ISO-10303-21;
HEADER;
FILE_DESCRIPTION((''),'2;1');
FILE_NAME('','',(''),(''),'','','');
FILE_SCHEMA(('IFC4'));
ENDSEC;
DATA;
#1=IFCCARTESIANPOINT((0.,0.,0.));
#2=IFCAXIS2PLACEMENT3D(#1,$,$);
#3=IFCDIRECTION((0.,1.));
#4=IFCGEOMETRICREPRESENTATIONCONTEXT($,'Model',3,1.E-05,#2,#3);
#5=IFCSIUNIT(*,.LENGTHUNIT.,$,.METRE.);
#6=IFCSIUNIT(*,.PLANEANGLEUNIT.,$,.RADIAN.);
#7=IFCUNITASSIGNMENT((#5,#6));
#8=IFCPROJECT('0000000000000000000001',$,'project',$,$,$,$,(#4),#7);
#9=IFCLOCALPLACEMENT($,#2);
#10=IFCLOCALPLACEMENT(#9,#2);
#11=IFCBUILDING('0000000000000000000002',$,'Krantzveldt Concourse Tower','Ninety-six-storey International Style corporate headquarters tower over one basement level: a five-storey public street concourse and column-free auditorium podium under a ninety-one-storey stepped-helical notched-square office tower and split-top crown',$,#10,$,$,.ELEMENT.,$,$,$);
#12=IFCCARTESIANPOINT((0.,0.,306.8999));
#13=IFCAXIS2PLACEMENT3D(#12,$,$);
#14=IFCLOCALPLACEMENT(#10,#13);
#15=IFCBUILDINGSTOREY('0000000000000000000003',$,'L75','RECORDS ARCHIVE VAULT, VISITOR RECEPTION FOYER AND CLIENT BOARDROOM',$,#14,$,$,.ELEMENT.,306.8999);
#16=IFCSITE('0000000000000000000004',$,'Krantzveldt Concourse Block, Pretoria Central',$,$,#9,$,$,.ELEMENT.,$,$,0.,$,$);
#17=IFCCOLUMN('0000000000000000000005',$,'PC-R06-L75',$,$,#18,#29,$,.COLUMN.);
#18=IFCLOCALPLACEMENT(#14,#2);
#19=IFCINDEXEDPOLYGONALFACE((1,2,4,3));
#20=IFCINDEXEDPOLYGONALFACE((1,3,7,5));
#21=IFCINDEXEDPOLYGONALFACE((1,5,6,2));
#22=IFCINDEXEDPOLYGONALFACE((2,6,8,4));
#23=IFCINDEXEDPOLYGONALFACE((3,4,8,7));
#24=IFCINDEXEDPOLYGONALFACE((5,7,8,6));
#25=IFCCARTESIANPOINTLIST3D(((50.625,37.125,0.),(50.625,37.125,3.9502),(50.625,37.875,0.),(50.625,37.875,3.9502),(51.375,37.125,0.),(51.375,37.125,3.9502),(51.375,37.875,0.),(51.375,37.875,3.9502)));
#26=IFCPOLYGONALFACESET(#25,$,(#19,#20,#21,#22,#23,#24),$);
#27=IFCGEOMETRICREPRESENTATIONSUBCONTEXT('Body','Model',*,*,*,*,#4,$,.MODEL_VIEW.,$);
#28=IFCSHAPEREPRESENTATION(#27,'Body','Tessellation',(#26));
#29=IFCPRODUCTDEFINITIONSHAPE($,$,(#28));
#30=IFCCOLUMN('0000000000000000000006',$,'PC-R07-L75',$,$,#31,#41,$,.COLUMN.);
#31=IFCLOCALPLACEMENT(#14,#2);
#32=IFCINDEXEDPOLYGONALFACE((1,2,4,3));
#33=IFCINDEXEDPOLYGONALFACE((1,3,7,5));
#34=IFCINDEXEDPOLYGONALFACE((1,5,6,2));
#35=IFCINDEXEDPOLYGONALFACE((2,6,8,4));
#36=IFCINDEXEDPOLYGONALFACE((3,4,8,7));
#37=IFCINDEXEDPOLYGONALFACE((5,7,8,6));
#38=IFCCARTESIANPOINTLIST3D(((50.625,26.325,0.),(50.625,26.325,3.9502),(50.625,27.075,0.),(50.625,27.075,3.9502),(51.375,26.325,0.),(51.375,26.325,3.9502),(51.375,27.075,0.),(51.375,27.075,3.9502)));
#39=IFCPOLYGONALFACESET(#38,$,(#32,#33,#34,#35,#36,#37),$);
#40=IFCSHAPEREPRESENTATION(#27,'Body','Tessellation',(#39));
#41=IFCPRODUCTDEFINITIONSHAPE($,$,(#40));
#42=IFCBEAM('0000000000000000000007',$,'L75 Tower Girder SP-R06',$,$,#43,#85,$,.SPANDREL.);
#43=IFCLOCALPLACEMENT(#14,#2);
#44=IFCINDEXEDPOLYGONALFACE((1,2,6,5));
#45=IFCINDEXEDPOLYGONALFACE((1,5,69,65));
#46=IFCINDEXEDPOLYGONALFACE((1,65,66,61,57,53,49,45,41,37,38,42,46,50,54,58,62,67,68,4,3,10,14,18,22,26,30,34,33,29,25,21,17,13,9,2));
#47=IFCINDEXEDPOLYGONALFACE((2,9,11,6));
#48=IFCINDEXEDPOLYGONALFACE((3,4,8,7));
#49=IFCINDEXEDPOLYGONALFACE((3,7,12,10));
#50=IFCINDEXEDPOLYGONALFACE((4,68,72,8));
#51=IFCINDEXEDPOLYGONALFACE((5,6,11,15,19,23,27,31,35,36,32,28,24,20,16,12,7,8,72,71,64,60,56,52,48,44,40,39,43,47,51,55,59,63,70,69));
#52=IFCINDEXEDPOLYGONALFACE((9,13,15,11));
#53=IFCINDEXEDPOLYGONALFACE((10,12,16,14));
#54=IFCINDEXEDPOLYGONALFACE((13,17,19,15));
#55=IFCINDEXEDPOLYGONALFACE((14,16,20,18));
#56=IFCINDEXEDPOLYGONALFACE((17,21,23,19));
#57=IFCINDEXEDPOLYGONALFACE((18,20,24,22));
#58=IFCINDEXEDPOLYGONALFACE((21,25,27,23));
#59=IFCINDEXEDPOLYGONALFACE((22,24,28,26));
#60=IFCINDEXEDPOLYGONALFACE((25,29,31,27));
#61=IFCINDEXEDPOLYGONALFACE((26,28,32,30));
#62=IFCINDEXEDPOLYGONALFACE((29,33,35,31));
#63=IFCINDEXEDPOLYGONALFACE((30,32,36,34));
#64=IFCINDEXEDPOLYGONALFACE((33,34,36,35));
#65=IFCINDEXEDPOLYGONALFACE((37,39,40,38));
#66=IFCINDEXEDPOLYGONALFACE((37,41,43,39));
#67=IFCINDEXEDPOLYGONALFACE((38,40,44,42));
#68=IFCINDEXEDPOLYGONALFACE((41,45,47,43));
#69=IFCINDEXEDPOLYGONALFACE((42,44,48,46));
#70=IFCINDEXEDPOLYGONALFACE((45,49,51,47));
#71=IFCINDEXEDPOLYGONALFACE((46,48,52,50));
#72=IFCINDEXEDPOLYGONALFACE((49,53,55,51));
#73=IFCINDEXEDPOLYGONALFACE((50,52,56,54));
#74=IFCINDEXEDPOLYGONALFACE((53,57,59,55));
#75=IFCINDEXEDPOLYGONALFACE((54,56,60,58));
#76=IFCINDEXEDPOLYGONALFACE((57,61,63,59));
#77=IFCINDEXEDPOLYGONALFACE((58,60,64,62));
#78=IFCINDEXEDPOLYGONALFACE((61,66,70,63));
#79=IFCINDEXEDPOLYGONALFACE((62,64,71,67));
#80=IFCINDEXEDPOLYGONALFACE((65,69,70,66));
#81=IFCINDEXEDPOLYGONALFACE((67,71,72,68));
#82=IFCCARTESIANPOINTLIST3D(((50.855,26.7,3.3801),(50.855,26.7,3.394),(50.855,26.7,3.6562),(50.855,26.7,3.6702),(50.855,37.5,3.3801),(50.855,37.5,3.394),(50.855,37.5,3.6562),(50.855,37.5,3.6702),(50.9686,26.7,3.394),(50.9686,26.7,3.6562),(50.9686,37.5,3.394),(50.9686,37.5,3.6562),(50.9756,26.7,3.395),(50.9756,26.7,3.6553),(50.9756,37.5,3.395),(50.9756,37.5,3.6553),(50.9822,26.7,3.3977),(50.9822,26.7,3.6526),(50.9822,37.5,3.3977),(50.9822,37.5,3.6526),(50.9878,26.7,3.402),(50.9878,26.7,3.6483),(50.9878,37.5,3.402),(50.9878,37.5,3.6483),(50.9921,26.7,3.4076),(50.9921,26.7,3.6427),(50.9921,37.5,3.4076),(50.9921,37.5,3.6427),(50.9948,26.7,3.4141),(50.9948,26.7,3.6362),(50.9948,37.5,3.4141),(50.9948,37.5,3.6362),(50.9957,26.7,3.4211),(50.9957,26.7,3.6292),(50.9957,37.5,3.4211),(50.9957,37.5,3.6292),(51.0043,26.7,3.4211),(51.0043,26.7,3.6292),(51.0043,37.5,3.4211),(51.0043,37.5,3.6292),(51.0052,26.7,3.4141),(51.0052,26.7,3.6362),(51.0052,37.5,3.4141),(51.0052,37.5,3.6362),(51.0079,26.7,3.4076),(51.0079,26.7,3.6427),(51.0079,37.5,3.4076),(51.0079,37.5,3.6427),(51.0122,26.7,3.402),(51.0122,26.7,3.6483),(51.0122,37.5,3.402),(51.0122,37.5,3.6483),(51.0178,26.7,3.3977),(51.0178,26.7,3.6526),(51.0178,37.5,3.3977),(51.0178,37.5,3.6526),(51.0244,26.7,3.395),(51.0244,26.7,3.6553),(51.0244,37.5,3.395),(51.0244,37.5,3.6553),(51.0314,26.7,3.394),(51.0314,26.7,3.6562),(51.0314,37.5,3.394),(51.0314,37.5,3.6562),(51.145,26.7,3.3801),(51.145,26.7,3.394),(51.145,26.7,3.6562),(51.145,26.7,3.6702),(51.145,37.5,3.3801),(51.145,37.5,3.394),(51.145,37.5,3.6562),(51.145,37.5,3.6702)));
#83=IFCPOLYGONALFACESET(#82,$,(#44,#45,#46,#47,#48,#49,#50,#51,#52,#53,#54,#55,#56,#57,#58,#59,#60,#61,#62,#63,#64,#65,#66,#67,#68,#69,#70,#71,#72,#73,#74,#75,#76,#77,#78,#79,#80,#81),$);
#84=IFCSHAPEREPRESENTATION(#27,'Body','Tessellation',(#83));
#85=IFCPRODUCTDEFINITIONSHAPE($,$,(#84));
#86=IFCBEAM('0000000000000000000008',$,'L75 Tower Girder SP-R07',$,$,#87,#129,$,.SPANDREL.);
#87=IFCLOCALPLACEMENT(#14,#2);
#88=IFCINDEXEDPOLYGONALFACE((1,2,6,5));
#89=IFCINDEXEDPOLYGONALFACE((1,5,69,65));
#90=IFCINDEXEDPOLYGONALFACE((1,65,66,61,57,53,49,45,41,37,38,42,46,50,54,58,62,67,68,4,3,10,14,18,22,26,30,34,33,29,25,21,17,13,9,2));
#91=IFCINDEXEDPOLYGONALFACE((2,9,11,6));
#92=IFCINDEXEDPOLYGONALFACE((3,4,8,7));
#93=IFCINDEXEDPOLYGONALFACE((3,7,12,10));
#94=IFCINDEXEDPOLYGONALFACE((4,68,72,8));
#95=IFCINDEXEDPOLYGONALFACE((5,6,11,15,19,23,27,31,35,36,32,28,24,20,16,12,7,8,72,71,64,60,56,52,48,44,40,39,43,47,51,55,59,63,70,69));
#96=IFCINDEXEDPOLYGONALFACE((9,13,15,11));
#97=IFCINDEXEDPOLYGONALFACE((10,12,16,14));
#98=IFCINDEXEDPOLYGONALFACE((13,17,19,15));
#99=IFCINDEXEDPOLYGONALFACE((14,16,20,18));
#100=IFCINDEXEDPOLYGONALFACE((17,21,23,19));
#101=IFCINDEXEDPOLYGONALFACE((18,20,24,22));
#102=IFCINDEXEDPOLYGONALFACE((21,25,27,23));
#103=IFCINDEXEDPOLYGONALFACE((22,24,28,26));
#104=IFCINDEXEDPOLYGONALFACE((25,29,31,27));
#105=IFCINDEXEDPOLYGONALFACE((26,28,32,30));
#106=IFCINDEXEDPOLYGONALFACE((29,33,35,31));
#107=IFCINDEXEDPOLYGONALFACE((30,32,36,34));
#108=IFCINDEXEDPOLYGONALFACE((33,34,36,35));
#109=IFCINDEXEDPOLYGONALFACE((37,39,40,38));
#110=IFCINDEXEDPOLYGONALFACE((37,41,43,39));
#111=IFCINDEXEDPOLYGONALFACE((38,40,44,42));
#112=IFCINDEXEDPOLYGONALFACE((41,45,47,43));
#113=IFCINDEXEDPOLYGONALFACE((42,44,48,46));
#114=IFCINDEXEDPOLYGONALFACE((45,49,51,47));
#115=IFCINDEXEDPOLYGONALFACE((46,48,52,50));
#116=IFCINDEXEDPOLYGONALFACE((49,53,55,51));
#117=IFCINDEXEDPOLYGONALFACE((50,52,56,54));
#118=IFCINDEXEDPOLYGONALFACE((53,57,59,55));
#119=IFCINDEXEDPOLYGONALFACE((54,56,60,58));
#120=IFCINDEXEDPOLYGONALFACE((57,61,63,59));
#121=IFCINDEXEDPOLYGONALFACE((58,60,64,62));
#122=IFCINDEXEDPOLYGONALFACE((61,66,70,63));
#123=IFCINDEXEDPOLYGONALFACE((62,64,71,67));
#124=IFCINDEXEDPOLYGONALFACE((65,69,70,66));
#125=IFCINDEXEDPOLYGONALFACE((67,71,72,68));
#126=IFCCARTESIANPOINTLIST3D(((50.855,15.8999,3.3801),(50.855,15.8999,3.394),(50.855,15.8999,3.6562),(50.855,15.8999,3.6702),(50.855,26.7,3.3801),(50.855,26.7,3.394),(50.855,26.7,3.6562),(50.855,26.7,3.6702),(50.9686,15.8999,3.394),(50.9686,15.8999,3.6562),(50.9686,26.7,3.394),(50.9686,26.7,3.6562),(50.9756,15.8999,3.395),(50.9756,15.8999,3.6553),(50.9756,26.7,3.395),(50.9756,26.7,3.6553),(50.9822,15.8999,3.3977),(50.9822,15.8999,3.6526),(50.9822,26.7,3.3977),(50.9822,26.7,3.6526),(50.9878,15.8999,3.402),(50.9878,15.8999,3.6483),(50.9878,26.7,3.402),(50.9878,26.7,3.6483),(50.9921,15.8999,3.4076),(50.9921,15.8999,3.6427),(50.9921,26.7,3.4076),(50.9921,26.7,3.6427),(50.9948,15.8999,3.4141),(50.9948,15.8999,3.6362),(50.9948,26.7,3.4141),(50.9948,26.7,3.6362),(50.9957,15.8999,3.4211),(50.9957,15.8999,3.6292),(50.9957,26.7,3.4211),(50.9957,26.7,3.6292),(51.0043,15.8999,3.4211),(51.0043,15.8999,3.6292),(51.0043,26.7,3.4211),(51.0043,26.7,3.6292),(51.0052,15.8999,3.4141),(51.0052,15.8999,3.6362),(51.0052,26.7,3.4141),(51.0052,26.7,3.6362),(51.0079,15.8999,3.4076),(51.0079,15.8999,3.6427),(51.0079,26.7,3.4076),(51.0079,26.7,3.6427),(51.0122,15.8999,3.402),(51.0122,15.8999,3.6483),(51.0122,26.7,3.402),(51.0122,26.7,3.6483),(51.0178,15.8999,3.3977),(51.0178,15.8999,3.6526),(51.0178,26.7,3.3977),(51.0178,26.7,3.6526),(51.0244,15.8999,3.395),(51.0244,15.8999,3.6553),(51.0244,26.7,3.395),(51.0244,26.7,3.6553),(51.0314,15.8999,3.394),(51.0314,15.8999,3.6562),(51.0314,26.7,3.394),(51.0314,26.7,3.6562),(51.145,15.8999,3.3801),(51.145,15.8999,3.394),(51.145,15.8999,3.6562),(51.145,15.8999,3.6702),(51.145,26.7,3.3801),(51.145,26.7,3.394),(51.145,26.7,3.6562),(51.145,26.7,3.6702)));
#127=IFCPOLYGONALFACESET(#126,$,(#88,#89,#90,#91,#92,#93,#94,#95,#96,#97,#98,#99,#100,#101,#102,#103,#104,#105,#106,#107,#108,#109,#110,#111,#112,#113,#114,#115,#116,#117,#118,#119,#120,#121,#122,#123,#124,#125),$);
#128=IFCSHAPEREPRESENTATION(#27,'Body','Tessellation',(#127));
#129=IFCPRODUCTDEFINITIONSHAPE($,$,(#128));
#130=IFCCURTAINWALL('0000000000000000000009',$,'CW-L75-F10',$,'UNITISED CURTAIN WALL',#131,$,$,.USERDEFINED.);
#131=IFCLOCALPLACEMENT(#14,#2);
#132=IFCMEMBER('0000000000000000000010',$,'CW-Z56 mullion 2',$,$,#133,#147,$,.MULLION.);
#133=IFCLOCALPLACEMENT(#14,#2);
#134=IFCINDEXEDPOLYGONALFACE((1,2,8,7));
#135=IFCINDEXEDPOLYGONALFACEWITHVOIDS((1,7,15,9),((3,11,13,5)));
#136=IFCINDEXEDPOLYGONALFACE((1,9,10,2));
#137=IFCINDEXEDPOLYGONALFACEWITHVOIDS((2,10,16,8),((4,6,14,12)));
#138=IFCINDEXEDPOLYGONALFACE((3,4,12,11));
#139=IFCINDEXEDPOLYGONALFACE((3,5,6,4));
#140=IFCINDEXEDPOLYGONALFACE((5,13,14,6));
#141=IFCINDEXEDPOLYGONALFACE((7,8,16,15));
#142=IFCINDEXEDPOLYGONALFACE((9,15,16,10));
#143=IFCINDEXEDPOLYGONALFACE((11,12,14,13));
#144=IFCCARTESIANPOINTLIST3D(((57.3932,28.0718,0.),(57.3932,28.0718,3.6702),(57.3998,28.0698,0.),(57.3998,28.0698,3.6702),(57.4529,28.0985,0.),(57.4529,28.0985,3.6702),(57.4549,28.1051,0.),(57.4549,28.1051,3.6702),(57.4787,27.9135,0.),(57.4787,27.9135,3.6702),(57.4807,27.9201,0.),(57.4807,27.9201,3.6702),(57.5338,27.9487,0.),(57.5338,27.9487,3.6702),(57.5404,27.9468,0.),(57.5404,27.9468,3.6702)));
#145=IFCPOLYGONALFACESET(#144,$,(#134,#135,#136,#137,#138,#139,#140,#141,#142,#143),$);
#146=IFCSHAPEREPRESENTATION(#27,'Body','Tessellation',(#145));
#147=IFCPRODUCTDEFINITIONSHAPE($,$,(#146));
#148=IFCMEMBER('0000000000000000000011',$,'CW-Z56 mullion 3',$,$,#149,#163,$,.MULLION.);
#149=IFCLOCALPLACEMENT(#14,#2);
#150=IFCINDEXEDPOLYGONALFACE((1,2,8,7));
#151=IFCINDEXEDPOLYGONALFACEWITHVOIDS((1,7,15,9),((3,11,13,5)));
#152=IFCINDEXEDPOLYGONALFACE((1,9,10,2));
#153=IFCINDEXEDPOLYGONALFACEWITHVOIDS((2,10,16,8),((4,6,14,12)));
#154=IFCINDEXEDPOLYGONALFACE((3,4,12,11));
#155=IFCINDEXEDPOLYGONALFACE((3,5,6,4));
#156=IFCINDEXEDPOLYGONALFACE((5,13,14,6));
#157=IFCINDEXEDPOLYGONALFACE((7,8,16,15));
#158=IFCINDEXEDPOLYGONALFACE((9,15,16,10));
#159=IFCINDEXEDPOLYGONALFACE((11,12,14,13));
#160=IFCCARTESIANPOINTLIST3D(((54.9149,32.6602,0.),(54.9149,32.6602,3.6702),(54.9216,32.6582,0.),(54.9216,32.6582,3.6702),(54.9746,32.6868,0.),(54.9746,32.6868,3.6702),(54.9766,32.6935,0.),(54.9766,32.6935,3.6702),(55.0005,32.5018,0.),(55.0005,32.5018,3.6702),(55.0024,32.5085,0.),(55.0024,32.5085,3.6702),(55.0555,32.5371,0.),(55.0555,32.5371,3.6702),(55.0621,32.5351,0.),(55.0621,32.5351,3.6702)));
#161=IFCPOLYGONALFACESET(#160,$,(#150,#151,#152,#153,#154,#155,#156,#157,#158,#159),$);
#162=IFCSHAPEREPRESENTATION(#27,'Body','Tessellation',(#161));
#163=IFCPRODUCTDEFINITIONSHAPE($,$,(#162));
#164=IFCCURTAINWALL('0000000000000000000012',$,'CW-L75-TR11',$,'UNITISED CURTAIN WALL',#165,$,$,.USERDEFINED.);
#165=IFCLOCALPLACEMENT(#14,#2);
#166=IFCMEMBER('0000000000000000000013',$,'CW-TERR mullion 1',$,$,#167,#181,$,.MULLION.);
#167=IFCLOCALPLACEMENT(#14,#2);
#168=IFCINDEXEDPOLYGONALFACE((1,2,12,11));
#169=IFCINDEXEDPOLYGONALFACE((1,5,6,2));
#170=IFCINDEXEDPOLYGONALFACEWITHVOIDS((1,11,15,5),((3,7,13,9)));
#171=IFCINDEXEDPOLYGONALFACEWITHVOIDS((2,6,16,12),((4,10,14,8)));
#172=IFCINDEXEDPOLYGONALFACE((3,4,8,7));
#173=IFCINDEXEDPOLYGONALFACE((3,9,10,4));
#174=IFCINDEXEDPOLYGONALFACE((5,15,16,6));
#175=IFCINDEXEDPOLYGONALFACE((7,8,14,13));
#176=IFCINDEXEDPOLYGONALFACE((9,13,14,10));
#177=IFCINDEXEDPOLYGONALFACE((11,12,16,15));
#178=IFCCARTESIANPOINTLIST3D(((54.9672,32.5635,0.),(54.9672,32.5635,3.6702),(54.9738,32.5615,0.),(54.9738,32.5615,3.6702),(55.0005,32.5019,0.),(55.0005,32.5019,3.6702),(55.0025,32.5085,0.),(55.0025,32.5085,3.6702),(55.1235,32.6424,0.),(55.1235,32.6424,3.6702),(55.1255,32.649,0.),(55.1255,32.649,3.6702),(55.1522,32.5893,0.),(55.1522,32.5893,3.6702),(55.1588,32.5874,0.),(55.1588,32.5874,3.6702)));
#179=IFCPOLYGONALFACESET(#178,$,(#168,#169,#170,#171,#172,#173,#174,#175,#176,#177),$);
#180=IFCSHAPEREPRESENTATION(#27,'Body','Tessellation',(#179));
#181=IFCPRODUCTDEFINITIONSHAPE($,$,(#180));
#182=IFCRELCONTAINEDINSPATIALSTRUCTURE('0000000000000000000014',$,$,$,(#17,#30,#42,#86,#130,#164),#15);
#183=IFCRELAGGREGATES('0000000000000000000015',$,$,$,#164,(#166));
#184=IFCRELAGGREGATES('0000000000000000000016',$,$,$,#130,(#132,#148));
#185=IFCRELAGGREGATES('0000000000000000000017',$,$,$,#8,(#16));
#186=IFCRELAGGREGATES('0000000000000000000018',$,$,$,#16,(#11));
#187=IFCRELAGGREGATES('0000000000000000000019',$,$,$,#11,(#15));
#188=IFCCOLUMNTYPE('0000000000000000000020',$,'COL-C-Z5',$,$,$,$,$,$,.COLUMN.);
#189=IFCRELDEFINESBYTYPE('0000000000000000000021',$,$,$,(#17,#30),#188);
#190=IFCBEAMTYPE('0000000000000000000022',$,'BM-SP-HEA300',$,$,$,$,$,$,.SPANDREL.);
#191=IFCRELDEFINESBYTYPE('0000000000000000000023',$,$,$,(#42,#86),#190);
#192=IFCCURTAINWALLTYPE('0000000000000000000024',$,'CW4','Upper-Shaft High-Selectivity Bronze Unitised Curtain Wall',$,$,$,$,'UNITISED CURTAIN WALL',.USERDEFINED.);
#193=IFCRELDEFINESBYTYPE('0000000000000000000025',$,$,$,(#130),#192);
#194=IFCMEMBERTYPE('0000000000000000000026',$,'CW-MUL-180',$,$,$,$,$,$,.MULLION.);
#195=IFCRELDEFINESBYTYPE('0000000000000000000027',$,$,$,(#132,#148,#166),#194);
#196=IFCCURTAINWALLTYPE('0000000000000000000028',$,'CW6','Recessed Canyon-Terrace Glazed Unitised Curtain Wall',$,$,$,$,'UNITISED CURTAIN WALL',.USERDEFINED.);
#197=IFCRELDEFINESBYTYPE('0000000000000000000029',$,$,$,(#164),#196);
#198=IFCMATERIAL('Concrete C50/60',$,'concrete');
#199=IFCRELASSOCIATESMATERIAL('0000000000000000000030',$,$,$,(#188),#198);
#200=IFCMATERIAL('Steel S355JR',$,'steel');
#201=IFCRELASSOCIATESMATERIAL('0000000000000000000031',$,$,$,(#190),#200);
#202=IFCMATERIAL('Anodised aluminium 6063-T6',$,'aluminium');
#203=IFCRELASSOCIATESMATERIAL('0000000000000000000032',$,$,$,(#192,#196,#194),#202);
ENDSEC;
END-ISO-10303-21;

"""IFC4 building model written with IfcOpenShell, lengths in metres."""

from ifc_helpers import new_model, si_unit, direction, frame, origin, origin_2d, place, context, subcontext, project, spatial, rectangle, hollow_rectangle, i_section, extrude, source, transform, mapped, material, material_profile, profile_set, type_object, type_shapes, element, aggregate, save


model = new_model("IFC4")

# Units and contexts
model_context = context("Model", 3, precision=1e-05, world=origin(), true_north=direction((0.0, 1.0)))
body_context = subcontext(model_context, "Body", "Model", "MODEL_VIEW")
ifc_project = project(units=[si_unit("LENGTHUNIT", "METRE"), si_unit("PLANEANGLEUNIT", "RADIAN")], contexts=[model_context])

# Site, building, storey
site_placement = place(None, origin())
site = spatial("IfcSite", under=ifc_project, at=site_placement, Name="Krantzveldt Concourse Block, Pretoria Central", CompositionType="ELEMENT", RefElevation=0.0)
building_placement = place(site_placement, origin())
building = spatial("IfcBuilding", under=site, at=building_placement, Name="Krantzveldt Concourse Tower", Description="Ninety-six-storey International Style corporate headquarters tower over one basement level: a five-storey public street concourse and column-free auditorium podium under a ninety-one-storey stepped-helical notched-square office tower and split-top crown", CompositionType="ELEMENT")
storey_placement = place(building_placement, frame((0.0, 0.0, 306.8999)))
storey = spatial("IfcBuildingStorey", under=building, at=storey_placement, Name="L75", Description="RECORDS ARCHIVE VAULT, VISITOR RECEPTION FOYER AND CLIENT BOARDROOM", CompositionType="ELEMENT", Elevation=306.8999)

# Columns
ifc_material_1 = material(Name="Concrete C50/60", Category="concrete")
ifc_material_profile_1 = material_profile(ifc_material_1, rectangle(XDim=0.75, YDim=0.75, at=origin_2d()), Name="Concrete C50/60", Category="concrete")
ifc_profile_set_1 = profile_set([ifc_material_profile_1], Name="Concrete C50/60 - RC 750x750")
column_type = type_object("IfcColumnType", Name="COL-C-Z5", PredefinedType="COLUMN", material=ifc_profile_set_1)
shared_shape_1 = source(origin(), body_context, "Body", "SweptSolid", [
    extrude(rectangle(XDim=0.75, YDim=0.75, at=origin_2d()), origin(), (0.0, 0.0, 1.0), 3.9502),
])
type_shapes(column_type, [shared_shape_1])
for number, where, z_axis, x_axis, name in (
    (1, (51.0, 37.5, 0.0), (0.0, 0.0, 1.0), (1.0, 0.0, 0.0), "PC-R06-L75"),
    (2, (51.0, 26.7, 0.0), (0.0, 0.0, 1.0), (1.0, 0.0, 0.0), "PC-R07-L75"),
):
    element("IfcColumn", number, at=place(storey_placement, frame(where, z_axis=z_axis, x_axis=x_axis)), inside=storey, type_object=column_type, Name=name, PredefinedType="COLUMN", context=body_context, shape_type="MappedRepresentation", body=[
        mapped(shared_shape_1, transform((0.0, 0.0, 0.0), x_axis=(1.0, 0.0, 0.0), y_axis=(0.0, 1.0, 0.0), z_axis=(0.0, 0.0, 1.0), scale=1.0)),
    ])

# Beams
ifc_material_2 = material(Name="Steel S355JR", Category="steel")
ifc_material_profile_2 = material_profile(ifc_material_2, i_section(OverallWidth=0.29, OverallDepth=0.29, WebThickness=0.0085, FlangeThickness=0.0139, FilletRadius=0.0271, at=origin_2d()), Name="Steel S355JR", Category="steel")
ifc_profile_set_2 = profile_set([ifc_material_profile_2], Name="Steel S355JR - HEA 300")
beam_type = type_object("IfcBeamType", Name="BM-SP-HEA300", PredefinedType="SPANDREL", material=ifc_profile_set_2)
shared_shape_2 = source(origin(), body_context, "Body", "SweptSolid", [
    extrude(i_section(OverallWidth=0.29, OverallDepth=0.29, WebThickness=0.0085, FlangeThickness=0.0139, FilletRadius=0.0271, at=origin_2d()), origin(), (0.0, 0.0, 1.0), 10.8),
])
type_shapes(beam_type, [shared_shape_2])
for number, where, z_axis, x_axis, name in (
    (3, (51.0, 37.5, 3.5251), (0.0, -1.0, 0.0), (1.0, 0.0, 0.0), "L75 Tower Girder SP-R06"),
    (4, (51.0, 26.7, 3.5251), (0.0, -1.0, 0.0), (1.0, 0.0, 0.0), "L75 Tower Girder SP-R07"),
):
    element("IfcBeam", number, at=place(storey_placement, frame(where, z_axis=z_axis, x_axis=x_axis)), inside=storey, type_object=beam_type, Name=name, PredefinedType="SPANDREL", context=body_context, shape_type="MappedRepresentation", body=[
        mapped(shared_shape_2, transform((0.0, 0.0, 0.0), x_axis=(1.0, 0.0, 0.0), y_axis=(0.0, 1.0, 0.0), z_axis=(0.0, 0.0, 1.0), scale=1.0)),
    ])

# Curtain walls, members
ifc_material_3 = material(Name="Anodised aluminium 6063-T6", Category="aluminium")
curtain_wall_type_1 = type_object("IfcCurtainWallType", Name="CW4", Description="Upper-Shaft High-Selectivity Bronze Unitised Curtain Wall", ElementType="UNITISED CURTAIN WALL", PredefinedType="USERDEFINED", material=ifc_material_3)
curtain_wall_1_placement = place(storey_placement, origin())
curtain_wall_1 = element("IfcCurtainWall", 5, at=curtain_wall_1_placement, inside=storey, type_object=curtain_wall_type_1, Name="CW-L75-F10", ObjectType="UNITISED CURTAIN WALL", PredefinedType="USERDEFINED")
ifc_material_profile_3 = material_profile(ifc_material_3, hollow_rectangle(XDim=0.0701, YDim=0.1799, WallThickness=0.0049, at=origin_2d()), Name="Anodised aluminium 6063-T6", Category="aluminium")
ifc_profile_set_3 = profile_set([ifc_material_profile_3], Name="Anodised aluminium 6063-T6 - ALU-MULL 180x70x5")
member_type_1 = type_object("IfcMemberType", Name="CW-MUL-180", PredefinedType="MULLION", material=ifc_profile_set_3)
shared_shape_3 = source(origin(), body_context, "Body", "SweptSolid", [
    extrude(hollow_rectangle(XDim=0.0701, YDim=0.1799, WallThickness=0.0049, at=origin_2d()), origin(), (0.0, 0.0, 1.0), 3.6702),
])
type_shapes(member_type_1, [shared_shape_3])
member_1_placement = place(storey_placement, frame((57.4668, 28.0093, 0.0), z_axis=(0.0, 0.0, 1.0), x_axis=(-0.879856, -0.47524, 0.0)))
member_1 = element("IfcMember", 6, at=member_1_placement, type_object=member_type_1, Name="CW-Z56 mullion 2", PredefinedType="MULLION", context=body_context, shape_type="MappedRepresentation", body=[
    mapped(shared_shape_3, transform((0.0, 0.0, 0.0), x_axis=(1.0, 0.0, 0.0), y_axis=(0.0, 1.0, 0.0), z_axis=(0.0, 0.0, 1.0), scale=1.0)),
])
member_2_placement = place(storey_placement, frame((54.9885, 32.5977, 0.0), z_axis=(0.0, 0.0, 1.0), x_axis=(-0.879856, -0.47524, 0.0)))
member_2 = element("IfcMember", 7, at=member_2_placement, type_object=member_type_1, Name="CW-Z56 mullion 3", PredefinedType="MULLION", context=body_context, shape_type="MappedRepresentation", body=[
    mapped(shared_shape_3, transform((0.0, 0.0, 0.0), x_axis=(1.0, 0.0, 0.0), y_axis=(0.0, 1.0, 0.0), z_axis=(0.0, 0.0, 1.0), scale=1.0)),
])
curtain_wall_type_2 = type_object("IfcCurtainWallType", Name="CW6", Description="Recessed Canyon-Terrace Glazed Unitised Curtain Wall", ElementType="UNITISED CURTAIN WALL", PredefinedType="USERDEFINED", material=ifc_material_3)
curtain_wall_2_placement = place(storey_placement, origin())
curtain_wall_2 = element("IfcCurtainWall", 8, at=curtain_wall_2_placement, inside=storey, type_object=curtain_wall_type_2, Name="CW-L75-TR11", ObjectType="UNITISED CURTAIN WALL", PredefinedType="USERDEFINED")
member_3_placement = place(storey_placement, frame((55.063, 32.5754, 0.0), z_axis=(0.0, 0.0, 1.0), x_axis=(0.475241, -0.879856, 0.0)))
member_3 = element("IfcMember", 9, at=member_3_placement, type_object=member_type_1, Name="CW-TERR mullion 1", PredefinedType="MULLION", context=body_context, shape_type="MappedRepresentation", body=[
    mapped(shared_shape_3, transform((0.0, 0.0, 0.0), x_axis=(1.0, 0.0, 0.0), y_axis=(0.0, 1.0, 0.0), z_axis=(0.0, 0.0, 1.0), scale=1.0)),
])

aggregate(curtain_wall_2, [member_3])
aggregate(curtain_wall_1, [member_1, member_2])

save(model, "model.ifc")
